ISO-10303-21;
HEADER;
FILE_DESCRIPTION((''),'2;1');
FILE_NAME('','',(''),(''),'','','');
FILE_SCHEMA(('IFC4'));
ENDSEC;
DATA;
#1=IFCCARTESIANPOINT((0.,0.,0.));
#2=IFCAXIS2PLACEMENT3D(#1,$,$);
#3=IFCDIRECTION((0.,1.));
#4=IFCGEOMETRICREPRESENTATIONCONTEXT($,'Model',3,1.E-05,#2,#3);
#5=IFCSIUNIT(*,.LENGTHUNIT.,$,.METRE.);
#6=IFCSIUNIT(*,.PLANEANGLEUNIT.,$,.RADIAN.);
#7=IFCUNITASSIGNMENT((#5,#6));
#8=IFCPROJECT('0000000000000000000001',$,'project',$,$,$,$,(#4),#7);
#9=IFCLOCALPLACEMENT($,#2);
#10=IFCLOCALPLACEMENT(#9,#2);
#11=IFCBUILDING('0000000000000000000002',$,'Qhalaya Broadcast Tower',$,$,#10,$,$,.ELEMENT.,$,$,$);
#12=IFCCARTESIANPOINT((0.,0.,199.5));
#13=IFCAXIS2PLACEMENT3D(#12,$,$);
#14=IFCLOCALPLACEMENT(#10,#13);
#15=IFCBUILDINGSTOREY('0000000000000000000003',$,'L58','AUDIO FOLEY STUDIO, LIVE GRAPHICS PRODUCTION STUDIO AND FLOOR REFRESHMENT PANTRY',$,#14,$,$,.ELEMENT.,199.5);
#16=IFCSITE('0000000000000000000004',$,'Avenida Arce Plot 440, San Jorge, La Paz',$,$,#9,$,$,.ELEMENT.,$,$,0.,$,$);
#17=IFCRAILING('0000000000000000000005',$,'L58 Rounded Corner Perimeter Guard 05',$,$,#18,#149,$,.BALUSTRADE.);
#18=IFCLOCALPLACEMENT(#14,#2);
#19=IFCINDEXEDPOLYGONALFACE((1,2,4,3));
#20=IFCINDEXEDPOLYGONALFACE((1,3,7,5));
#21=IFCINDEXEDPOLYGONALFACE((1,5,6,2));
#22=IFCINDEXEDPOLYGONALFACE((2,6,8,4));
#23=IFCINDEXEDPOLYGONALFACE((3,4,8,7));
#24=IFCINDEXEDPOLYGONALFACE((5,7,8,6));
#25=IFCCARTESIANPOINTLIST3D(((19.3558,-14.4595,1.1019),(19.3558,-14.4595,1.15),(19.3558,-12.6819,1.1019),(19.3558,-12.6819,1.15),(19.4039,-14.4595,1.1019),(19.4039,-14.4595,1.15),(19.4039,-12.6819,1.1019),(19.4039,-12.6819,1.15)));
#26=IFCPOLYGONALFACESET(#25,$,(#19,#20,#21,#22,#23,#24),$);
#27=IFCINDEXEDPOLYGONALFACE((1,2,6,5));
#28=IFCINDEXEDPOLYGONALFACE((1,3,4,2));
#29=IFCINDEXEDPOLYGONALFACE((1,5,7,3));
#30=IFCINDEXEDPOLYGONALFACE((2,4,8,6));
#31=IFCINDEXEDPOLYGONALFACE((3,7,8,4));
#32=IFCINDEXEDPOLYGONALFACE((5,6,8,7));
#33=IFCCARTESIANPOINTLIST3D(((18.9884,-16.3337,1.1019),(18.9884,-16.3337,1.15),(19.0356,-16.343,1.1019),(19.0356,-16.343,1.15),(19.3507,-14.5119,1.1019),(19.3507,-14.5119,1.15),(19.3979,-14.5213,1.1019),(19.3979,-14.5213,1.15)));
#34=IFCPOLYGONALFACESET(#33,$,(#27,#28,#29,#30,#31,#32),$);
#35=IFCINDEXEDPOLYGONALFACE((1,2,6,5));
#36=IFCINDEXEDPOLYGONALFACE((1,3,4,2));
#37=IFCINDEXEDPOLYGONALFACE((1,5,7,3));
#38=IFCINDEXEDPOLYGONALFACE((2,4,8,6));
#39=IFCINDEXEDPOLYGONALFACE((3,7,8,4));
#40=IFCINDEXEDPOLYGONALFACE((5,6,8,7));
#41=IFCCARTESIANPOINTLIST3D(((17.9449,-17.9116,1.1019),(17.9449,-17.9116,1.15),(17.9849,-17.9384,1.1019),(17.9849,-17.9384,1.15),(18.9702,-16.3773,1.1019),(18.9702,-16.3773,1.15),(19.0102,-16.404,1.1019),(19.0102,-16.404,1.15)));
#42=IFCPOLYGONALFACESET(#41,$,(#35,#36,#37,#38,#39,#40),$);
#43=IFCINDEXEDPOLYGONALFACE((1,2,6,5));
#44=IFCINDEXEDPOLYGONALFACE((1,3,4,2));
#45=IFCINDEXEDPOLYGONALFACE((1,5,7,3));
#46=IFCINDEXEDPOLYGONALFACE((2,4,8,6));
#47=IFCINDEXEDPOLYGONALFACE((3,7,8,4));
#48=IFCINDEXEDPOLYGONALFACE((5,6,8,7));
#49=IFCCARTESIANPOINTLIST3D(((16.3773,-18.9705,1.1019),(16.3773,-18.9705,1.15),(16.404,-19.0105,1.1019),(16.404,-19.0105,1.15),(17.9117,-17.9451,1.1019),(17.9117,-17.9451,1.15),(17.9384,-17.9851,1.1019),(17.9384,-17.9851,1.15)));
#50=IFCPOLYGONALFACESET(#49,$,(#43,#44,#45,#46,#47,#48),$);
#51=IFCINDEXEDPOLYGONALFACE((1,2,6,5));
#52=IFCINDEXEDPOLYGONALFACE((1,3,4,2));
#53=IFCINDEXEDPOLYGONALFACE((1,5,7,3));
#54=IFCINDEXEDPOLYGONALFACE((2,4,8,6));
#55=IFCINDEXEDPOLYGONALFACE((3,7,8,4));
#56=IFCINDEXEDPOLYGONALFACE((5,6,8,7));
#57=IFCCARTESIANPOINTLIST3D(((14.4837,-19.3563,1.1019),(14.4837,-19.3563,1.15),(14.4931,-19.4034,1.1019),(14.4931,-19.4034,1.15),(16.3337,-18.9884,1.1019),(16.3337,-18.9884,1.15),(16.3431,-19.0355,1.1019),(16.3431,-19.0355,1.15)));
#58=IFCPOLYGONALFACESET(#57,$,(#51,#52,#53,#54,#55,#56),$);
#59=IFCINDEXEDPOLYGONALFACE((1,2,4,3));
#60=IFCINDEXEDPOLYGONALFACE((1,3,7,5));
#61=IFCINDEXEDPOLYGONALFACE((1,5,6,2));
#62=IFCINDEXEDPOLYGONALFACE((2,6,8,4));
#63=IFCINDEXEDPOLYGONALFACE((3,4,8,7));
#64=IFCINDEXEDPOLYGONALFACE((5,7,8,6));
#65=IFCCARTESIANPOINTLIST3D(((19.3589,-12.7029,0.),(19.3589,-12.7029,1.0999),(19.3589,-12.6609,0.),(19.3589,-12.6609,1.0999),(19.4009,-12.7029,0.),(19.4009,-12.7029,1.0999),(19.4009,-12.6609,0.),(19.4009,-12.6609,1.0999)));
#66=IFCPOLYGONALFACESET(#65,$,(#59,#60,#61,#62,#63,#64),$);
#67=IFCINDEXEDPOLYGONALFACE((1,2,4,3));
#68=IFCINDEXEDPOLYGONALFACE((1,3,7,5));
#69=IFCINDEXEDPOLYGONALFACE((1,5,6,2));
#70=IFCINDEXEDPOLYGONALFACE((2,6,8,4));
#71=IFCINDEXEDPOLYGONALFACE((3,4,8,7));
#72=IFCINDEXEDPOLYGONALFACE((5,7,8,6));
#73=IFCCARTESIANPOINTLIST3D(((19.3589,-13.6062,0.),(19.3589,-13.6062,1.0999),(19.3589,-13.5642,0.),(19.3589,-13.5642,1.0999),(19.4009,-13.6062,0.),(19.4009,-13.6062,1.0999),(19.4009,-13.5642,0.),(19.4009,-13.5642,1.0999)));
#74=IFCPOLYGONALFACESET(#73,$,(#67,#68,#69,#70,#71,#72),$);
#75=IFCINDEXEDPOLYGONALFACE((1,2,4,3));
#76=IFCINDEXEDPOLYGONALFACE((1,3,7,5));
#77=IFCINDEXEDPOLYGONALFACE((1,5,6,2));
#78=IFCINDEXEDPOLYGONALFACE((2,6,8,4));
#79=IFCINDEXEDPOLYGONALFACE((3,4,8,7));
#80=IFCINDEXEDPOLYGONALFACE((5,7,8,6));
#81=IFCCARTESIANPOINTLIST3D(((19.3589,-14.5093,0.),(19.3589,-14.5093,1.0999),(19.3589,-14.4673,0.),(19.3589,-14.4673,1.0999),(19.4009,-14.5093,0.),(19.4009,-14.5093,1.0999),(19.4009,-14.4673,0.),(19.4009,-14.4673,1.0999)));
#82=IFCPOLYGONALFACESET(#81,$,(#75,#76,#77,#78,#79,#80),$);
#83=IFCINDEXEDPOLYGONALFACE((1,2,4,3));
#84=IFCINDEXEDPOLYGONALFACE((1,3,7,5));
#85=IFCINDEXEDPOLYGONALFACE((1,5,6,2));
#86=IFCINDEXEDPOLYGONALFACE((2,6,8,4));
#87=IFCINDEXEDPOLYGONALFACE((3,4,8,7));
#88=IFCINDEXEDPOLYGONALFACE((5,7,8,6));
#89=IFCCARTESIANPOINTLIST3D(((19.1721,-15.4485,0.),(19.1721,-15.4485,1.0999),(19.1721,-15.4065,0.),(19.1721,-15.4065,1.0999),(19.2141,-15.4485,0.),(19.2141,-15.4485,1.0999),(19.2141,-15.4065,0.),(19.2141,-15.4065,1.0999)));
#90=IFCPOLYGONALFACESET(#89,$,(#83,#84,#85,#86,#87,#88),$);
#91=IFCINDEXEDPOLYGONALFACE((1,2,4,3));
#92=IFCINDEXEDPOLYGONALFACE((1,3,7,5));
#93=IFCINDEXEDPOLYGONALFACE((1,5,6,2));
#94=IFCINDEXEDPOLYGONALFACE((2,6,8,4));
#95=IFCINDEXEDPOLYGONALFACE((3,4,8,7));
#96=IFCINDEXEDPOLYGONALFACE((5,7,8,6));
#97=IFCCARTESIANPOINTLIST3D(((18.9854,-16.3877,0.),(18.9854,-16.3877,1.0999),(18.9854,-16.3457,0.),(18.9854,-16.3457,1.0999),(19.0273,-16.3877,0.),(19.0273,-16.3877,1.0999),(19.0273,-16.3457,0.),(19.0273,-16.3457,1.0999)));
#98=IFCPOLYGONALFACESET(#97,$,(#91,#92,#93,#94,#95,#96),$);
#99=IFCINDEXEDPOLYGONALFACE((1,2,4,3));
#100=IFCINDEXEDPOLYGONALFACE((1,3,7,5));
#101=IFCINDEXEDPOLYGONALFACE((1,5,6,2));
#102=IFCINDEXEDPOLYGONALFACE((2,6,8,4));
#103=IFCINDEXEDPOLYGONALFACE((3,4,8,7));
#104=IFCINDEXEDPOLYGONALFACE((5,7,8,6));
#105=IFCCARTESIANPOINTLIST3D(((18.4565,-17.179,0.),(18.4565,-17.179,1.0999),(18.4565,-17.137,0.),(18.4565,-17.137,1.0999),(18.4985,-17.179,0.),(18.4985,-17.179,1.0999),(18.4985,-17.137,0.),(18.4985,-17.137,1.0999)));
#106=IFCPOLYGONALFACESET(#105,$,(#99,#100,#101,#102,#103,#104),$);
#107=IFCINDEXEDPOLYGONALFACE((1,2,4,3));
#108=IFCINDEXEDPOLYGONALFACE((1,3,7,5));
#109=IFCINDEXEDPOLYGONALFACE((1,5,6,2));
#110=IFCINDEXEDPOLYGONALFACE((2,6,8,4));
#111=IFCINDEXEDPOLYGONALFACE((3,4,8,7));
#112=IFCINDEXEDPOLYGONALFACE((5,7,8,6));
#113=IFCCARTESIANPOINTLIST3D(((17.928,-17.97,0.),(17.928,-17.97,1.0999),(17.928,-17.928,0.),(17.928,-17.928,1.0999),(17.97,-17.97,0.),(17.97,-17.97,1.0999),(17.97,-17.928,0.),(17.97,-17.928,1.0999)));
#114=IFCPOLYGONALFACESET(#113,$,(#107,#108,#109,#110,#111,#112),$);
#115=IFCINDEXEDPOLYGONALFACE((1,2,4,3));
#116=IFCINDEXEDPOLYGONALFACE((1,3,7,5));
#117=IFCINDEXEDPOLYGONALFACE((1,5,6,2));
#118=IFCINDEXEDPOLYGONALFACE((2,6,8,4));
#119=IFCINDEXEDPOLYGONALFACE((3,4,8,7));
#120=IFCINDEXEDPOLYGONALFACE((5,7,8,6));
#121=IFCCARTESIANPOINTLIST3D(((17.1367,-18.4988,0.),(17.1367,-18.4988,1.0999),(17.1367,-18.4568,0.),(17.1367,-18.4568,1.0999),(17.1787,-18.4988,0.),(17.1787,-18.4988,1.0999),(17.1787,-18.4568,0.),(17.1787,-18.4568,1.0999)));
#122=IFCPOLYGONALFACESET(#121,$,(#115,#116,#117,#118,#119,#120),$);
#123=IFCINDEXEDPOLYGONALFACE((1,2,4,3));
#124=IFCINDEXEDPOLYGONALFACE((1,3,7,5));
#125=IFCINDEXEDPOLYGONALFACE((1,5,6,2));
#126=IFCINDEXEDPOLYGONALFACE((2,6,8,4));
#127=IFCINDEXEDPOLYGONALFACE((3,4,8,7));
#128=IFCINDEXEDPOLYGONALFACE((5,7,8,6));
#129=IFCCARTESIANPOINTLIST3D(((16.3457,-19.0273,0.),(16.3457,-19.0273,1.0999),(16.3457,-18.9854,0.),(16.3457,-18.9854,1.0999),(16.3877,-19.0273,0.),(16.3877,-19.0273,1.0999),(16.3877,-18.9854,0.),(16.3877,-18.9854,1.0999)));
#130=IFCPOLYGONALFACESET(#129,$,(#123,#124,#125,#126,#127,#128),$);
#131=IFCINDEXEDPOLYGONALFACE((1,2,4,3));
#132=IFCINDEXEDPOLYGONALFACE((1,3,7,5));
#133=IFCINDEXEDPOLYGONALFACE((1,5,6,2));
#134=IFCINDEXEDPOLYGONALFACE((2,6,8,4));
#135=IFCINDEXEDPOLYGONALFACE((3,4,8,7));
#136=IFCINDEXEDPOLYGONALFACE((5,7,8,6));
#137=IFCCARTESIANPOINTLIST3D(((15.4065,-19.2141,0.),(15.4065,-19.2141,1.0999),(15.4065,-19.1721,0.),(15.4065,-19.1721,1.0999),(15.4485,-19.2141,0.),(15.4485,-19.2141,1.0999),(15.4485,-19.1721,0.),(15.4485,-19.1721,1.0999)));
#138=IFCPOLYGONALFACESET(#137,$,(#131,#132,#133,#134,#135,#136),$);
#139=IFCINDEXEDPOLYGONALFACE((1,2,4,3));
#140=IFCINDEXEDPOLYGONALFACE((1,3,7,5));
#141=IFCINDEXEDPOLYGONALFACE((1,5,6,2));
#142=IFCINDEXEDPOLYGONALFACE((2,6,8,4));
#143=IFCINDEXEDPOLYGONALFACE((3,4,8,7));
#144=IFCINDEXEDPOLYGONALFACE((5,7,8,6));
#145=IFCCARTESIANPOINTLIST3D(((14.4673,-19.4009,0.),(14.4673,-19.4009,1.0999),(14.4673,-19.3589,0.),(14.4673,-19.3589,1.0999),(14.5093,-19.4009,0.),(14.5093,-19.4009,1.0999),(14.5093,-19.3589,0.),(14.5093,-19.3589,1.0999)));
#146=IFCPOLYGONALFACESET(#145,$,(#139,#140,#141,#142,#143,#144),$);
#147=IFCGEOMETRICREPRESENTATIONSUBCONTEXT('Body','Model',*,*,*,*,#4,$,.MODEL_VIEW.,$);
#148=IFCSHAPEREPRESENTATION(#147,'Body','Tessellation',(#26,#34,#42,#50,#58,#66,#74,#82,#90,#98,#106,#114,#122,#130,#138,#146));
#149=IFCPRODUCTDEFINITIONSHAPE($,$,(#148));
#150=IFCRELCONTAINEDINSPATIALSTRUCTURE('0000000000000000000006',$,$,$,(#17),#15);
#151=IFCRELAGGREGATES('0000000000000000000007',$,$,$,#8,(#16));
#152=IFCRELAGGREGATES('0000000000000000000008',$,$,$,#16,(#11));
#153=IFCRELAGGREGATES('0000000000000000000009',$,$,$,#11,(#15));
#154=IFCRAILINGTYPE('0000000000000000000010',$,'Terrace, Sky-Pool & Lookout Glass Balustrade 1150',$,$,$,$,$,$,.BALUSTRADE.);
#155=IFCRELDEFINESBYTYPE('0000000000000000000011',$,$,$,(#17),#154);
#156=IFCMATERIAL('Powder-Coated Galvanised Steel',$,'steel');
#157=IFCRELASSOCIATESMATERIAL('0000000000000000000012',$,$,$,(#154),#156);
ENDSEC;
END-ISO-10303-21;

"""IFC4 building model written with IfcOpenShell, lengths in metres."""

from ifc_helpers import new_model, si_unit, direction, frame, origin, origin_2d, place, context, subcontext, project, spatial, rectangle, extrude, material, type_object, element, save


model = new_model("IFC4")

# Units and contexts
model_context = context("Model", 3, precision=1e-05, world=origin(), true_north=direction((0.0, 1.0)))
body_context = subcontext(model_context, "Body", "Model", "MODEL_VIEW")
ifc_project = project(units=[si_unit("LENGTHUNIT", "METRE"), si_unit("PLANEANGLEUNIT", "RADIAN")], contexts=[model_context])

# Site, building, storey
site_placement = place(None, origin())
site = spatial("IfcSite", under=ifc_project, at=site_placement, Name="Avenida Arce Plot 440, San Jorge, La Paz", CompositionType="ELEMENT", RefElevation=0.0)
building_placement = place(site_placement, origin())
building = spatial("IfcBuilding", under=site, at=building_placement, Name="Qhalaya Broadcast Tower", CompositionType="ELEMENT")
storey_placement = place(building_placement, frame((0.0, 0.0, 199.5)))
storey = spatial("IfcBuildingStorey", under=building, at=storey_placement, Name="L58", Description="AUDIO FOLEY STUDIO, LIVE GRAPHICS PRODUCTION STUDIO AND FLOOR REFRESHMENT PANTRY", CompositionType="ELEMENT", Elevation=199.5)

# Railing
ifc_material_1 = material(Name="Powder-Coated Galvanised Steel", Category="steel")
railing_type = type_object("IfcRailingType", Name="Terrace, Sky-Pool & Lookout Glass Balustrade 1150", PredefinedType="BALUSTRADE", material=ifc_material_1)
railing_1_placement = place(storey_placement, frame((19.3799, -12.6819, 0.0)))
element("IfcRailing", 1, at=railing_1_placement, inside=storey, type_object=railing_type, Name="L58 Rounded Corner Perimeter Guard 05", PredefinedType="BALUSTRADE", context=body_context, shape_type="SweptSolid", body=[
    extrude(rectangle(XDim=0.0481, YDim=0.0481, at=origin_2d()), frame((0.0, 0.0, 1.126), z_axis=(0.0, -1.0, 0.0), x_axis=(1.0, 0.0, 0.0)), (0.0, 0.0, 1.0), 1.7776),
    extrude(rectangle(XDim=0.0481, YDim=0.0481, at=origin_2d()), frame((-0.0056, -1.8347, 1.126), z_axis=(-0.195037, -0.980796, 0.0), x_axis=(0.980796, -0.195037, 0.0)), (0.0, 0.0, 1.0), 1.8574),
    extrude(rectangle(XDim=0.0481, YDim=0.0481, at=origin_2d()), frame((-0.3896, -3.7087, 1.126), z_axis=(-0.555618, -0.831438, 0.0), x_axis=(0.831438, -0.555618, 0.0)), (0.0, 0.0, 1.0), 1.8455),
    extrude(rectangle(XDim=0.0481, YDim=0.0481, at=origin_2d()), frame((-1.4548, -5.2832, 1.126), z_axis=(-0.831438, -0.555618, 0.0), x_axis=(0.555618, -0.831438, 0.0)), (0.0, 0.0, 1.0), 1.8455),
    extrude(rectangle(XDim=0.0481, YDim=0.0481, at=origin_2d()), frame((-3.0415, -6.3301, 1.126), z_axis=(-0.980796, -0.195037, 0.0), x_axis=(0.195037, -0.980796, 0.0)), (0.0, 0.0, 1.0), 1.8862),
    extrude(rectangle(XDim=0.042, YDim=0.042, at=origin_2d()), origin(), (0.0, 0.0, 1.0), 1.0999),
    extrude(rectangle(XDim=0.042, YDim=0.042, at=origin_2d()), frame((0.0, -0.9033, 0.0)), (0.0, 0.0, 1.0), 1.0999),
    extrude(rectangle(XDim=0.042, YDim=0.042, at=origin_2d()), frame((0.0, -1.8064, 0.0)), (0.0, 0.0, 1.0), 1.0999),
    extrude(rectangle(XDim=0.042, YDim=0.042, at=origin_2d()), frame((-0.1868, -2.7456, 0.0)), (0.0, 0.0, 1.0), 1.0999),
    extrude(rectangle(XDim=0.042, YDim=0.042, at=origin_2d()), frame((-0.3735, -3.6848, 0.0)), (0.0, 0.0, 1.0), 1.0999),
    extrude(rectangle(XDim=0.042, YDim=0.042, at=origin_2d()), frame((-0.9023, -4.4761, 0.0)), (0.0, 0.0, 1.0), 1.0999),
    extrude(rectangle(XDim=0.042, YDim=0.042, at=origin_2d()), frame((-1.4309, -5.2671, 0.0)), (0.0, 0.0, 1.0), 1.0999),
    extrude(rectangle(XDim=0.042, YDim=0.042, at=origin_2d()), frame((-2.2222, -5.7959, 0.0)), (0.0, 0.0, 1.0), 1.0999),
    extrude(rectangle(XDim=0.042, YDim=0.042, at=origin_2d()), frame((-3.0132, -6.3245, 0.0)), (0.0, 0.0, 1.0), 1.0999),
    extrude(rectangle(XDim=0.042, YDim=0.042, at=origin_2d()), frame((-3.9524, -6.5112, 0.0)), (0.0, 0.0, 1.0), 1.0999),
    extrude(rectangle(XDim=0.042, YDim=0.042, at=origin_2d()), frame((-4.8916, -6.698, 0.0)), (0.0, 0.0, 1.0), 1.0999),
])

save(model, "model.ifc")
